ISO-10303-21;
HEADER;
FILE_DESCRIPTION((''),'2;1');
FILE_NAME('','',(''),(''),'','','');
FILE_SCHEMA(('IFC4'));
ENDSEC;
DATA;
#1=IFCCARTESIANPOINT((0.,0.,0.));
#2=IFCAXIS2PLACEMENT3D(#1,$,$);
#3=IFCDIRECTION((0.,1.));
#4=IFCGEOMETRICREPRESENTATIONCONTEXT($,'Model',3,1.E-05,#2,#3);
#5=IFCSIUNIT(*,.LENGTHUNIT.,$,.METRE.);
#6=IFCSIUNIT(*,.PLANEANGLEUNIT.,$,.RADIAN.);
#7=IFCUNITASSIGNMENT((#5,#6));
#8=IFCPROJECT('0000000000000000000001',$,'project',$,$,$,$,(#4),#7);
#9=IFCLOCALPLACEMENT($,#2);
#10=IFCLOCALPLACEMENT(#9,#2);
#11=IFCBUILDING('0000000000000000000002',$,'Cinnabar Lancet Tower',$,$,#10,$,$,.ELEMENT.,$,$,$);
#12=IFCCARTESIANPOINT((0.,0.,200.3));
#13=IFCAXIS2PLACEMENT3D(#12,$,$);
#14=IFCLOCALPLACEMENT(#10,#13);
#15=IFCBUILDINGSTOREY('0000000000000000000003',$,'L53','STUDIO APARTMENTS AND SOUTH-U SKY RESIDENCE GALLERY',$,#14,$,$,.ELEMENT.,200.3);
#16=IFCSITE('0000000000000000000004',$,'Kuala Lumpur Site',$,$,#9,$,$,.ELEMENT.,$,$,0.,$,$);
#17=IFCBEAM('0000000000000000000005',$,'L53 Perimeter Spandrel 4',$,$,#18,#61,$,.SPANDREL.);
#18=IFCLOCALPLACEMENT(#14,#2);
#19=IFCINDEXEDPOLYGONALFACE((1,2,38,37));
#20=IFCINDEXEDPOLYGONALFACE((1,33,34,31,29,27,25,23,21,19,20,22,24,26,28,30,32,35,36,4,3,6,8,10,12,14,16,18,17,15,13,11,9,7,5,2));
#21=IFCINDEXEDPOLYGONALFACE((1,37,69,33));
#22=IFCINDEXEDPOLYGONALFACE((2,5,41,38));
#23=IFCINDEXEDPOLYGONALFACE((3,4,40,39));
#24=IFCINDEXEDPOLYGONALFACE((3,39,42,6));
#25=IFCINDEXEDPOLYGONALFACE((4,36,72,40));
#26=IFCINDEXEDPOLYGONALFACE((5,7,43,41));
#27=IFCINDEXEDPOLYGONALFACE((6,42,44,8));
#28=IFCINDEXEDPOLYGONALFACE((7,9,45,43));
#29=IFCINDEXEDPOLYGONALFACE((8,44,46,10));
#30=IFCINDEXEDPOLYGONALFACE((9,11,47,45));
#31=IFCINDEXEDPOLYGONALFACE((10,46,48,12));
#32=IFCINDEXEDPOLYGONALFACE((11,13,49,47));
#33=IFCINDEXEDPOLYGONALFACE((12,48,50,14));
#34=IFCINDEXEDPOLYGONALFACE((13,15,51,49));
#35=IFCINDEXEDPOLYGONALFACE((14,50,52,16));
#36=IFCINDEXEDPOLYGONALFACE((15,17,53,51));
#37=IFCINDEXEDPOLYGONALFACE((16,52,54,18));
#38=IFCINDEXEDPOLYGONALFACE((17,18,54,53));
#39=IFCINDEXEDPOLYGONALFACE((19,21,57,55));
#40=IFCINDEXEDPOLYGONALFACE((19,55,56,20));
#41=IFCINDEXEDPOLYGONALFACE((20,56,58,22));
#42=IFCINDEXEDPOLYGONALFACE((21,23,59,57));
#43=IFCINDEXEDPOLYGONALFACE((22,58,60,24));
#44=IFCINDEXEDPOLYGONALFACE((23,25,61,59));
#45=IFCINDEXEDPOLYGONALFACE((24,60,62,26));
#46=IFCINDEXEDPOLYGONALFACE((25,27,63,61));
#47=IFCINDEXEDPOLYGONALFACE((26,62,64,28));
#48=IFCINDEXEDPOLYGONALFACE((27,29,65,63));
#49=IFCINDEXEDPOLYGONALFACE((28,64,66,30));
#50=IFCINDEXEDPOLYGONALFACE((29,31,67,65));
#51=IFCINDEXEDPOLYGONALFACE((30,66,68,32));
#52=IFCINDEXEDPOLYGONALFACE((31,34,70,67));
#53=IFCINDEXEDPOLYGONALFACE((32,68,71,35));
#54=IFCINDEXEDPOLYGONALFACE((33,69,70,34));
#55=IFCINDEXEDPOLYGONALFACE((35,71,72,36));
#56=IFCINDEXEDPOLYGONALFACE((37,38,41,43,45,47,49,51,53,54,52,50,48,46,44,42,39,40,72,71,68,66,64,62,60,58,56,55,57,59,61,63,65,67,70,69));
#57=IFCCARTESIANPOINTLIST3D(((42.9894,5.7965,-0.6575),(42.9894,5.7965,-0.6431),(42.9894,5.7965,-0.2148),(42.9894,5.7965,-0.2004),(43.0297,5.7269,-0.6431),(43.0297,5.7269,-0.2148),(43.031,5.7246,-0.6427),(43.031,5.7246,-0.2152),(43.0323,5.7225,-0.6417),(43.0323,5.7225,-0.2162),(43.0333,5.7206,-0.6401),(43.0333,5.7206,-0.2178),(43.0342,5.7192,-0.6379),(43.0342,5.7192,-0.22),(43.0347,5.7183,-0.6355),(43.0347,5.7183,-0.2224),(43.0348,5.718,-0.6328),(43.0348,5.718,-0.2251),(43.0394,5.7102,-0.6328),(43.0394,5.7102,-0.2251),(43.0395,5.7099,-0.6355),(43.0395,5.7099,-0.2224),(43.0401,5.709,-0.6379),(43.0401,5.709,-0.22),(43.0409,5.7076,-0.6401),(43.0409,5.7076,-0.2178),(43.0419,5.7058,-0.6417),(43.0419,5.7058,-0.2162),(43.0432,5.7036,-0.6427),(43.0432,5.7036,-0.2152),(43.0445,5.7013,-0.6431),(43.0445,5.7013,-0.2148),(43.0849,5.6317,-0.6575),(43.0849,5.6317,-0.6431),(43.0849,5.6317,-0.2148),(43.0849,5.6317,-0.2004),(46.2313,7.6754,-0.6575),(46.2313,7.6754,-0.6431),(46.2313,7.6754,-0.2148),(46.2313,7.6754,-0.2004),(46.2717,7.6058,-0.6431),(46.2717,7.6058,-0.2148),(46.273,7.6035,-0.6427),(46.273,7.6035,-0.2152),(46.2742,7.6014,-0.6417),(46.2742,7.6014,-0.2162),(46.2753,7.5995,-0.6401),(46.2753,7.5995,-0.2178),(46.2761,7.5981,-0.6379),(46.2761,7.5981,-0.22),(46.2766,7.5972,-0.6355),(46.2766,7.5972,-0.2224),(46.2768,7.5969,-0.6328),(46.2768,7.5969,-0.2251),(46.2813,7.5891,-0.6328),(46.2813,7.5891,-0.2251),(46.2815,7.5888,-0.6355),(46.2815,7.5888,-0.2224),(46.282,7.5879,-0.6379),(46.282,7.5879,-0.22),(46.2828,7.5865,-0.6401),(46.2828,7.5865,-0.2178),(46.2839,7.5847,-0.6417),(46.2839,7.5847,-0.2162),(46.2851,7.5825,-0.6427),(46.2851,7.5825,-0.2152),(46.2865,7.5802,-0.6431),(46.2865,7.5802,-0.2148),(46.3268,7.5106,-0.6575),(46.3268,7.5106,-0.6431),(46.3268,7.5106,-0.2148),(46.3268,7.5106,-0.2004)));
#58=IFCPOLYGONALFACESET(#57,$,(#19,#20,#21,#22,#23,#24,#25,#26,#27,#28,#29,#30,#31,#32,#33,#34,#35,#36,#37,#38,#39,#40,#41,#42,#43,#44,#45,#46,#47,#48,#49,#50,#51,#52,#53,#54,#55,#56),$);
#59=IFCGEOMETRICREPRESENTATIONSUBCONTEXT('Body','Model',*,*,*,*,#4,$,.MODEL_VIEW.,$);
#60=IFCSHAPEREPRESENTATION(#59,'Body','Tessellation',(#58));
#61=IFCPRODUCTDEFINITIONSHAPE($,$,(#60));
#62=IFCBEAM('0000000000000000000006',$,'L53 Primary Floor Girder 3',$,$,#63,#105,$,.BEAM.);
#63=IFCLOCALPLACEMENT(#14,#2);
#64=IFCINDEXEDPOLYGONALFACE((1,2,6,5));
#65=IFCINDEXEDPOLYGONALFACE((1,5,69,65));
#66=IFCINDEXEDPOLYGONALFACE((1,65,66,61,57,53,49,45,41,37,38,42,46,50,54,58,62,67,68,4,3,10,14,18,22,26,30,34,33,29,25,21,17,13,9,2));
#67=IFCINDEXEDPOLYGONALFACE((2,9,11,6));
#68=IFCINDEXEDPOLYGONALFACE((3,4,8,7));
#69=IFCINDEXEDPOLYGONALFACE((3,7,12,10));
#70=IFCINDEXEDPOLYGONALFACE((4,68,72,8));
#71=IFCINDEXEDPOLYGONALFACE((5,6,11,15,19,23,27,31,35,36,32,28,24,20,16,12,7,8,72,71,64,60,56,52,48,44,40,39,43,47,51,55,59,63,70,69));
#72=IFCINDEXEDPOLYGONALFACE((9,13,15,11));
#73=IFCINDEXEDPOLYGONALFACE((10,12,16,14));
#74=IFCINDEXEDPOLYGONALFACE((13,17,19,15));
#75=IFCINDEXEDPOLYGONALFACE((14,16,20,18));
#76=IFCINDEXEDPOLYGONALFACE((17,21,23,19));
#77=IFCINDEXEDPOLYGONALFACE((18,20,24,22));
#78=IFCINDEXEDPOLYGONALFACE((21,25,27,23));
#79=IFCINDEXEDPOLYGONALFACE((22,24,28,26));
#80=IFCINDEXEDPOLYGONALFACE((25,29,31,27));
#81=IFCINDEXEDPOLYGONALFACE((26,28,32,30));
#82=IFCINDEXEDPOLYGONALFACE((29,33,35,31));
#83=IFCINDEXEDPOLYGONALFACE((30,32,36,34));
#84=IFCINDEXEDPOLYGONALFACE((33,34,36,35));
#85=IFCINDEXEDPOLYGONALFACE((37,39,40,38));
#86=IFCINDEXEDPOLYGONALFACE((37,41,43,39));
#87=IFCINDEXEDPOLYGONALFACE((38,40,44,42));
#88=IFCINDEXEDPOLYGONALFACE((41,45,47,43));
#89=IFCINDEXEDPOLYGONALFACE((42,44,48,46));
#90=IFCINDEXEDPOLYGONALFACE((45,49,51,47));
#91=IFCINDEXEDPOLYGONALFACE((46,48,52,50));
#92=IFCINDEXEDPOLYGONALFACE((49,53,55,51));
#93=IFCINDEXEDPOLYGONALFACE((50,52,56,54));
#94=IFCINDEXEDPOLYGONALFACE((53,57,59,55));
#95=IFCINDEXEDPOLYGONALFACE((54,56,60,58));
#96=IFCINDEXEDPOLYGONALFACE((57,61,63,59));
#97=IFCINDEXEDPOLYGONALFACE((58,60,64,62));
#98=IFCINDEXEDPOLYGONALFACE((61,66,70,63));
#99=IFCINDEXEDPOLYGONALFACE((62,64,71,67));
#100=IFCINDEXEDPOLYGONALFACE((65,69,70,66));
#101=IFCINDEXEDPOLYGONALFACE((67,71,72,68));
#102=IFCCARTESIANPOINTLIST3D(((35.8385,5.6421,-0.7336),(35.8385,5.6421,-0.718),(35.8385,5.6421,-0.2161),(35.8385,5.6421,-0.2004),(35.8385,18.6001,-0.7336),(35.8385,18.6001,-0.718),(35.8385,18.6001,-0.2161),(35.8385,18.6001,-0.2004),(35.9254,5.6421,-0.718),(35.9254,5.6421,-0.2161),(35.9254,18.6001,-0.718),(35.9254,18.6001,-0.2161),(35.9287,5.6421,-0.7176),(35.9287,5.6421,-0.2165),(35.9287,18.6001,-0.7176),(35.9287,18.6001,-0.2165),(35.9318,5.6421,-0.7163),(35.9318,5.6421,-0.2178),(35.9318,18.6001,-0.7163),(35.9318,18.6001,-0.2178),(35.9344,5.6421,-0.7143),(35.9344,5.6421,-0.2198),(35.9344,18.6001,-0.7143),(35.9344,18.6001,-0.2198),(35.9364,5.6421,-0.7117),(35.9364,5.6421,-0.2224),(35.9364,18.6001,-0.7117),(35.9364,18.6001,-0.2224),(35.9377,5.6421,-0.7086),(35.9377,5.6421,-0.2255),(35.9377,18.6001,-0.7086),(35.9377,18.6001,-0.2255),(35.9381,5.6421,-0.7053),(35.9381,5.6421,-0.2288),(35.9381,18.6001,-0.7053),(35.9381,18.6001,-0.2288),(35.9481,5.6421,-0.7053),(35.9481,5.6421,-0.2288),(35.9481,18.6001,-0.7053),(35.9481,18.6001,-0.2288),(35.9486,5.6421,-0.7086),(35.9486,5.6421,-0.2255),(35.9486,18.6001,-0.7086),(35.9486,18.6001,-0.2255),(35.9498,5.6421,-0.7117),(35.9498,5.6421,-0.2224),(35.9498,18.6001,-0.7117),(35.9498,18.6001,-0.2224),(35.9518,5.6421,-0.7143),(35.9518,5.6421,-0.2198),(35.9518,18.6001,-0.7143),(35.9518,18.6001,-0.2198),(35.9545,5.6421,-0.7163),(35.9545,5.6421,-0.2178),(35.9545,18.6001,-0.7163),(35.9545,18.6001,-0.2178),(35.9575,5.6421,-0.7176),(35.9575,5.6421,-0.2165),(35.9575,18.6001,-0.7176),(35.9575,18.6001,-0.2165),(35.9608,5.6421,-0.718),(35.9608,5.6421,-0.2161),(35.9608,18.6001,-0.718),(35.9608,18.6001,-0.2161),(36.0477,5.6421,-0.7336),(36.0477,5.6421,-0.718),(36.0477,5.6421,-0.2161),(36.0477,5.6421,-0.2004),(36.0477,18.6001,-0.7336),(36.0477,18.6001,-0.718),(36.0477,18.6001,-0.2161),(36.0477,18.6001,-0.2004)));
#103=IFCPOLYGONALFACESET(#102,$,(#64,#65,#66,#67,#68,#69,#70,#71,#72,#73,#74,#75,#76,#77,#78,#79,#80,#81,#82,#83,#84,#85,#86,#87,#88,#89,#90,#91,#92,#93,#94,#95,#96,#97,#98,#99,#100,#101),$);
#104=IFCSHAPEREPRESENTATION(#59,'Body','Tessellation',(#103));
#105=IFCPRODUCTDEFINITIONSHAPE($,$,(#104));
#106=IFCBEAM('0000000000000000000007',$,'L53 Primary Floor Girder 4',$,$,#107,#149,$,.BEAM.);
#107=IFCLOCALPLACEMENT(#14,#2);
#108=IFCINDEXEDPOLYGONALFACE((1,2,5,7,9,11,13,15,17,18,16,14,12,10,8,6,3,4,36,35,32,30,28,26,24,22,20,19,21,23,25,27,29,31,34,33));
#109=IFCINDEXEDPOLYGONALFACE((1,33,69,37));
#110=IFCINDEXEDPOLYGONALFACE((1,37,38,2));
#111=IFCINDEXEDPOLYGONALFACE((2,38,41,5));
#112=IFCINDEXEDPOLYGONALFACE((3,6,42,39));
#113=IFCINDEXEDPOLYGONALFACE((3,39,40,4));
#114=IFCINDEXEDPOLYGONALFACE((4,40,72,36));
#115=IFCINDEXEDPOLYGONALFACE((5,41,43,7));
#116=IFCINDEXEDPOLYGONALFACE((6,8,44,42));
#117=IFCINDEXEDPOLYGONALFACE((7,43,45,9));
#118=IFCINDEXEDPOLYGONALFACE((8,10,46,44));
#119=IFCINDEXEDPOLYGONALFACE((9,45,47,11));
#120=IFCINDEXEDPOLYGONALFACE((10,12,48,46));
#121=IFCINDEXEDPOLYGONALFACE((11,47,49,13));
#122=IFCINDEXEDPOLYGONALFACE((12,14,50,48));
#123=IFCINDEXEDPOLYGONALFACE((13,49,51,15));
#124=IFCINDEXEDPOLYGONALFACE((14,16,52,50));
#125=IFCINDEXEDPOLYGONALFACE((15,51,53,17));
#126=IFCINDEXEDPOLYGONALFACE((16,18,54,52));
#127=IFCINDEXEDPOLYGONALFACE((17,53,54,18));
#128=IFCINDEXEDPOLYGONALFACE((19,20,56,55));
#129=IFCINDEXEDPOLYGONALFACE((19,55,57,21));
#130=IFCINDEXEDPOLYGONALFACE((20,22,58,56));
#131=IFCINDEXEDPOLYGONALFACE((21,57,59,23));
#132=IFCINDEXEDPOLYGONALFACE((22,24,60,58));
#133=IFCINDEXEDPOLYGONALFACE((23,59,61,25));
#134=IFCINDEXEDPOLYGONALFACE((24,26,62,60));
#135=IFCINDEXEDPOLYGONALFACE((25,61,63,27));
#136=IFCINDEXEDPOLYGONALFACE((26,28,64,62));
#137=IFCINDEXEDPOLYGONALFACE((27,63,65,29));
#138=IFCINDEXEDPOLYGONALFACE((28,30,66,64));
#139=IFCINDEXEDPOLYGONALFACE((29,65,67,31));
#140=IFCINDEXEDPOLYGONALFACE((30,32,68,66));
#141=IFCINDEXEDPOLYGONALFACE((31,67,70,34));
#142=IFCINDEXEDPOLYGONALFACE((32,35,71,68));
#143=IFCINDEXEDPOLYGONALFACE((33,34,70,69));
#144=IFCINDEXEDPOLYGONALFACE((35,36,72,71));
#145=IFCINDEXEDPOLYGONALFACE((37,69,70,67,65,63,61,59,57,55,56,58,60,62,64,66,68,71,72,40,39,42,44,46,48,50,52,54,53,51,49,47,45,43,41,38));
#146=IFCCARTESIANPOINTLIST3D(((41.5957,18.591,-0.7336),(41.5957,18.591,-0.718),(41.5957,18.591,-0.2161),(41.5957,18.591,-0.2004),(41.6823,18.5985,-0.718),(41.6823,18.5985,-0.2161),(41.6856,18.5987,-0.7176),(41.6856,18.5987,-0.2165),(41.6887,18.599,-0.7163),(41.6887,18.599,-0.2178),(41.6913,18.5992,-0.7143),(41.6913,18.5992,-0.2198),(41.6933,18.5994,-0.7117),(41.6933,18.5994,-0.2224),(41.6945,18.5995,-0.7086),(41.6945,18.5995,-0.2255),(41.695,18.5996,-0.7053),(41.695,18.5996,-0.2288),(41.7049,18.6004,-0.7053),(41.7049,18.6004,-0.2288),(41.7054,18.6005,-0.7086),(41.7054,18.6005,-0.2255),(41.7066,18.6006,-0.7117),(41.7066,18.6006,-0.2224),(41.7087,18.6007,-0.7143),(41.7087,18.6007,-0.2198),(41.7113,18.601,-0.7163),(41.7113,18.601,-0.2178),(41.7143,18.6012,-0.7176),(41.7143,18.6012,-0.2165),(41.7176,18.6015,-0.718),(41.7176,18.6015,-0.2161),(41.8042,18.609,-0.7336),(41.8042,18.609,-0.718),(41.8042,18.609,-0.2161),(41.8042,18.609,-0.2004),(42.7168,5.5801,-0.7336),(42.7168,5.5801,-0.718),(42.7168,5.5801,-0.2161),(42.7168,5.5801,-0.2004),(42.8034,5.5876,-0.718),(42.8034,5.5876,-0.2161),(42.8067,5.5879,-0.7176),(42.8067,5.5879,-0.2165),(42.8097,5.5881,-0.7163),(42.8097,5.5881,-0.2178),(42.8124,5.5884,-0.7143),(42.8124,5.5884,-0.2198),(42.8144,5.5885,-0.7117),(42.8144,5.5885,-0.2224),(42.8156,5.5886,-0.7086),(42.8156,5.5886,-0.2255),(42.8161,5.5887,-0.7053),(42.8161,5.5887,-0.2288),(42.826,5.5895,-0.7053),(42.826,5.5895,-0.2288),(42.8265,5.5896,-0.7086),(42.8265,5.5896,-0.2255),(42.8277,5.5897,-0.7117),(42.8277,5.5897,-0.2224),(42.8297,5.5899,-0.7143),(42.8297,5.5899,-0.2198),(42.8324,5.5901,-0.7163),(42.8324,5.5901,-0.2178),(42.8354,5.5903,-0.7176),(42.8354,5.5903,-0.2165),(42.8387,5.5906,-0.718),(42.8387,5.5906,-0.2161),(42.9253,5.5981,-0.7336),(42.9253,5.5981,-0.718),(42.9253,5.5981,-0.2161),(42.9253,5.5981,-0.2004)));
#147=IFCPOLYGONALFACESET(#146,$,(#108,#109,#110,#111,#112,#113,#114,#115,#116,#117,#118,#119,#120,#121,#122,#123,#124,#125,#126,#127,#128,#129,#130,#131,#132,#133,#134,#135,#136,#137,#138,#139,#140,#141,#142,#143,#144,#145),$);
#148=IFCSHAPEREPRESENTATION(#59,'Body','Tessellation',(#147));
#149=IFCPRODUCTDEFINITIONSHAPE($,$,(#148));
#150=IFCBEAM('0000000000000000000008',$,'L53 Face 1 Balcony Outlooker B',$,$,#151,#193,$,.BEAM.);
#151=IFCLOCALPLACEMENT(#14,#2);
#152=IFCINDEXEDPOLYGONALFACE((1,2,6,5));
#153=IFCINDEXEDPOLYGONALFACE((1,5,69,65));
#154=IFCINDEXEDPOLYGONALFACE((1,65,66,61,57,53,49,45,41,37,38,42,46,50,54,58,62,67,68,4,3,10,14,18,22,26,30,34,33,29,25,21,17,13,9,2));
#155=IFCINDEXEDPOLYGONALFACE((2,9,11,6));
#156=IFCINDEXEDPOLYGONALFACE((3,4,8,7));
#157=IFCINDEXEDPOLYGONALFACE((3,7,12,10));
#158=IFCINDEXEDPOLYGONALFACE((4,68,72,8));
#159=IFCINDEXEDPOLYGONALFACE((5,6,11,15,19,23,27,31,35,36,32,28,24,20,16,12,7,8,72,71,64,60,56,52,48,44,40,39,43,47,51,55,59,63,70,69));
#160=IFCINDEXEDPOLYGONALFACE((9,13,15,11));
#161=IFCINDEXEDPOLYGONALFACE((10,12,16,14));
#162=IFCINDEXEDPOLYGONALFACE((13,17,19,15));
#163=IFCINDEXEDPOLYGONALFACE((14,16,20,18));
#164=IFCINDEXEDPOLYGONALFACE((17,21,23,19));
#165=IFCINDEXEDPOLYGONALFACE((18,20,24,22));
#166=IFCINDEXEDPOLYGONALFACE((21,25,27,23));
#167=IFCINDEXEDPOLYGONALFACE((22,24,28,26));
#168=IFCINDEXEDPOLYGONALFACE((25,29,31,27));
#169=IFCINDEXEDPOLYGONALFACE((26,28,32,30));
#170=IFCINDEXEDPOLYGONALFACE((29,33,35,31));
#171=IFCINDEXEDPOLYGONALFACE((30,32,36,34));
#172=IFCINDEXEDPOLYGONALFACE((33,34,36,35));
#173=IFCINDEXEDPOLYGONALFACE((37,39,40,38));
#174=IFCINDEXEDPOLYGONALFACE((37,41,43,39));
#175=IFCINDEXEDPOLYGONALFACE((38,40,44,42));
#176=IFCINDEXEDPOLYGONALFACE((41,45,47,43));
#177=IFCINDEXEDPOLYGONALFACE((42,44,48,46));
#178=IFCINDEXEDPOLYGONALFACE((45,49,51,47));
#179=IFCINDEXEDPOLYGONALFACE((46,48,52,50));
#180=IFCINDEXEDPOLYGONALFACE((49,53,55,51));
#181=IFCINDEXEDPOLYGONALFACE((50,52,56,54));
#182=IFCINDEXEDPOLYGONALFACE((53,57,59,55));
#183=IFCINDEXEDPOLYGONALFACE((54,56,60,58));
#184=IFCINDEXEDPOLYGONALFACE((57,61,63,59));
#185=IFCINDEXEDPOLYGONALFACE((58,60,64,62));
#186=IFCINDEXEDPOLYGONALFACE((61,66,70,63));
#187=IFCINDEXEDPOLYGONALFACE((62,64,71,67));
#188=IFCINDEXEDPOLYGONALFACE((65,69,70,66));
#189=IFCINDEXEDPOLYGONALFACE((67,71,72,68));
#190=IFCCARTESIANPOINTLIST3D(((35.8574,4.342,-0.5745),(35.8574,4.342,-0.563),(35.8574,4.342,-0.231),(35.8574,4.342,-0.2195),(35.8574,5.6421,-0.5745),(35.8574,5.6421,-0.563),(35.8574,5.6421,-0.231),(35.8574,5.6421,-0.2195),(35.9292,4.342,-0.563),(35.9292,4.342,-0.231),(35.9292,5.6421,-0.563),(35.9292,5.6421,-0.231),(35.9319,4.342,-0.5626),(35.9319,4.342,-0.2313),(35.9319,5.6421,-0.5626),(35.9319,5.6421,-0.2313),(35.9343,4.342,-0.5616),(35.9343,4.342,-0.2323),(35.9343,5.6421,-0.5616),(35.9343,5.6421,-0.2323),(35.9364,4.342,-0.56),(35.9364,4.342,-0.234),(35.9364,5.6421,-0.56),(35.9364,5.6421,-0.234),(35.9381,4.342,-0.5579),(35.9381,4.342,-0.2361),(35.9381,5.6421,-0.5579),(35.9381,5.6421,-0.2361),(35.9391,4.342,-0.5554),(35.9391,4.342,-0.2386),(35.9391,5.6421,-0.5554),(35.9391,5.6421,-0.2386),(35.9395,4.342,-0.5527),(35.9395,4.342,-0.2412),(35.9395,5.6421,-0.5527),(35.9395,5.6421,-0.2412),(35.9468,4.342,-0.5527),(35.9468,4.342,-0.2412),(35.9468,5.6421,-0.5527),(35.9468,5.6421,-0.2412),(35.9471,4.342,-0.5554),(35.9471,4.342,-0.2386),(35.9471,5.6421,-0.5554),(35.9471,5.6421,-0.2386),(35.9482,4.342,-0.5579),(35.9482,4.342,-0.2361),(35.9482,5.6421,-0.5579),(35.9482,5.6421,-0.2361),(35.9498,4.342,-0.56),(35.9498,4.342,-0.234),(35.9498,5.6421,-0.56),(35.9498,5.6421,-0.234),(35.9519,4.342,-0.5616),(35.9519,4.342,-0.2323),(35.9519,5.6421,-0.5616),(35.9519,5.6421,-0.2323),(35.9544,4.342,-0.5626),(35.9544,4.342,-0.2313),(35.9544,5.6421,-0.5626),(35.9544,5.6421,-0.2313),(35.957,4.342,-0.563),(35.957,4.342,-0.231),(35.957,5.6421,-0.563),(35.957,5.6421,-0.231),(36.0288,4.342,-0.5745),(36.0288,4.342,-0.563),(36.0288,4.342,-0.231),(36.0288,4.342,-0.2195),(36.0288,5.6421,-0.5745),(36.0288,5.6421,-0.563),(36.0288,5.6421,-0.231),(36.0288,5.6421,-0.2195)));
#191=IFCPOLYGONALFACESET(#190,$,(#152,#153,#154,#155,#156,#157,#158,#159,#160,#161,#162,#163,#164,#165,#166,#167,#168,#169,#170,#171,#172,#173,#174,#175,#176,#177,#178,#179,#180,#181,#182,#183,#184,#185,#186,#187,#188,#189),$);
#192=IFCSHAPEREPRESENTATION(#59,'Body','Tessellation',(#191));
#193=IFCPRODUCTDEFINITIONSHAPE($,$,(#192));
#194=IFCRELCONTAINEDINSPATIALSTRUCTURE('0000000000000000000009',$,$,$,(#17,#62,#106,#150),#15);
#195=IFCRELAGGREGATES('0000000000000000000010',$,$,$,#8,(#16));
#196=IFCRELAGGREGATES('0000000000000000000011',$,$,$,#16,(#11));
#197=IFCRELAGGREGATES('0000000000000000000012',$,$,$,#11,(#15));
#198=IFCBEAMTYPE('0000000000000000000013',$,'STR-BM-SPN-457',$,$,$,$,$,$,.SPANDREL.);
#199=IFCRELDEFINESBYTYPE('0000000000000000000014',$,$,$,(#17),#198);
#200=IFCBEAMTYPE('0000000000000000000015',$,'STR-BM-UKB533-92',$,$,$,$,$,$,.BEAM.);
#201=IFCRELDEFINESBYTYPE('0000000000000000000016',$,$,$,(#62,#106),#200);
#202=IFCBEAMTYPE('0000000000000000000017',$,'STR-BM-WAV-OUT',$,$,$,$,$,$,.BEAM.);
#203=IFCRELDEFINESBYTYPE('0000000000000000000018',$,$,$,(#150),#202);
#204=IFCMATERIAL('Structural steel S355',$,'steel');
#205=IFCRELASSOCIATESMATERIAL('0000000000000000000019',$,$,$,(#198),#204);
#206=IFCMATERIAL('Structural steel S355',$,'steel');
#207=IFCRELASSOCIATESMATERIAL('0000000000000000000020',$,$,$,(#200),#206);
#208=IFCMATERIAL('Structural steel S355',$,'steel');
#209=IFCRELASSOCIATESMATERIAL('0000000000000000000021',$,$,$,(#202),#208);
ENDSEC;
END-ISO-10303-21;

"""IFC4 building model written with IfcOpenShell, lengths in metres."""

from ifc_helpers import new_model, si_unit, direction, frame, origin, origin_2d, place, context, subcontext, project, spatial, i_section, extrude, material, material_profile, profile_set, type_object, element, save


model = new_model("IFC4")

# Units and contexts
model_context = context("Model", 3, precision=1e-05, world=origin(), true_north=direction((0.0, 1.0)))
body_context = subcontext(model_context, "Body", "Model", "MODEL_VIEW")
ifc_project = project(units=[si_unit("LENGTHUNIT", "METRE"), si_unit("PLANEANGLEUNIT", "RADIAN")], contexts=[model_context])

# Site, building, storey
site_placement = place(None, origin())
site = spatial("IfcSite", under=ifc_project, at=site_placement, Name="Kuala Lumpur Site", CompositionType="ELEMENT", RefElevation=0.0)
building_placement = place(site_placement, origin())
building = spatial("IfcBuilding", under=site, at=building_placement, Name="Cinnabar Lancet Tower", CompositionType="ELEMENT")
storey_placement = place(building_placement, frame((0.0, 0.0, 200.3)))
storey = spatial("IfcBuildingStorey", under=building, at=storey_placement, Name="L53", Description="STUDIO APARTMENTS AND SOUTH-U SKY RESIDENCE GALLERY", CompositionType="ELEMENT", Elevation=200.3)

# Beams
ifc_material_1 = material(Name="Structural steel S355", Category="steel")
ifc_material_profile_1 = material_profile(ifc_material_1, i_section(OverallWidth=0.1904, OverallDepth=0.457, WebThickness=0.009, FlangeThickness=0.0144, FilletRadius=0.0103, at=origin_2d()), Name="UKB 457x191x74")
ifc_profile_set_1 = profile_set([ifc_material_profile_1], Name="Structural steel S355")
beam_type_1 = type_object("IfcBeamType", Name="STR-BM-SPN-457", PredefinedType="SPANDREL", material=ifc_profile_set_1)
beam_1_placement = place(storey_placement, frame((43.0371, 5.7141, -0.429), z_axis=(0.865196, 0.501434, 0.0), x_axis=(-0.501434, 0.865196, 0.0)))
element("IfcBeam", 1, at=beam_1_placement, inside=storey, type_object=beam_type_1, Name="L53 Perimeter Spandrel 4", PredefinedType="SPANDREL", context=body_context, shape_type="SweptSolid", body=[
    extrude(i_section(OverallWidth=0.1904, OverallDepth=0.457, WebThickness=0.009, FlangeThickness=0.0144, FilletRadius=0.0103, at=origin_2d()), origin(), (0.0, 0.0, 1.0), 3.7471),
])
ifc_material_2 = material(Name="Structural steel S355", Category="steel")
ifc_material_profile_2 = material_profile(ifc_material_2, i_section(OverallWidth=0.2092, OverallDepth=0.5332, WebThickness=0.01, FlangeThickness=0.0156, FilletRadius=0.0127, at=origin_2d()), Name="UKB 533x210x92")
ifc_profile_set_2 = profile_set([ifc_material_profile_2], Name="Structural steel S355")
beam_type_2 = type_object("IfcBeamType", Name="STR-BM-UKB533-92", PredefinedType="BEAM", material=ifc_profile_set_2)
beam_2_placement = place(storey_placement, frame((35.9431, 5.6421, -0.467), z_axis=(0.0, 1.0, 0.0), x_axis=(-1.0, 0.0, 0.0)))
element("IfcBeam", 2, at=beam_2_placement, inside=storey, type_object=beam_type_2, Name="L53 Primary Floor Girder 3", PredefinedType="BEAM", context=body_context, shape_type="SweptSolid", body=[
    extrude(i_section(OverallWidth=0.2092, OverallDepth=0.5332, WebThickness=0.01, FlangeThickness=0.0156, FilletRadius=0.0127, at=origin_2d()), origin(), (0.0, 0.0, 1.0), 12.958),
])
beam_3_placement = place(storey_placement, frame((42.821, 5.5891, -0.467), z_axis=(-0.085847, 0.996308, 0.0), x_axis=(-0.996308, -0.085847, 0.0)))
element("IfcBeam", 3, at=beam_3_placement, inside=storey, type_object=beam_type_2, Name="L53 Primary Floor Girder 4", PredefinedType="BEAM", context=body_context, shape_type="SweptSolid", body=[
    extrude(i_section(OverallWidth=0.2092, OverallDepth=0.5332, WebThickness=0.01, FlangeThickness=0.0156, FilletRadius=0.0127, at=origin_2d()), origin(), (0.0, 0.0, 1.0), 13.0591),
])
ifc_material_3 = material(Name="Structural steel S355", Category="steel")
ifc_material_profile_3 = material_profile(ifc_material_3, i_section(OverallWidth=0.1714, OverallDepth=0.355, WebThickness=0.0073, FlangeThickness=0.0115, FilletRadius=0.0103, at=origin_2d()), Name="UKB 356x171x51")
ifc_profile_set_3 = profile_set([ifc_material_profile_3], Name="Structural steel S355")
beam_type_3 = type_object("IfcBeamType", Name="STR-BM-WAV-OUT", PredefinedType="BEAM", material=ifc_profile_set_3)
beam_4_placement = place(storey_placement, frame((35.9431, 5.6421, -0.397), z_axis=(0.0, -1.0, 0.0), x_axis=(1.0, 0.0, 0.0)))
element("IfcBeam", 4, at=beam_4_placement, inside=storey, type_object=beam_type_3, Name="L53 Face 1 Balcony Outlooker B", PredefinedType="BEAM", context=body_context, shape_type="SweptSolid", body=[
    extrude(i_section(OverallWidth=0.1714, OverallDepth=0.355, WebThickness=0.0073, FlangeThickness=0.0115, FilletRadius=0.0103, at=origin_2d()), origin(), (0.0, 0.0, 1.0), 1.3),
])

save(model, "model.ifc")
